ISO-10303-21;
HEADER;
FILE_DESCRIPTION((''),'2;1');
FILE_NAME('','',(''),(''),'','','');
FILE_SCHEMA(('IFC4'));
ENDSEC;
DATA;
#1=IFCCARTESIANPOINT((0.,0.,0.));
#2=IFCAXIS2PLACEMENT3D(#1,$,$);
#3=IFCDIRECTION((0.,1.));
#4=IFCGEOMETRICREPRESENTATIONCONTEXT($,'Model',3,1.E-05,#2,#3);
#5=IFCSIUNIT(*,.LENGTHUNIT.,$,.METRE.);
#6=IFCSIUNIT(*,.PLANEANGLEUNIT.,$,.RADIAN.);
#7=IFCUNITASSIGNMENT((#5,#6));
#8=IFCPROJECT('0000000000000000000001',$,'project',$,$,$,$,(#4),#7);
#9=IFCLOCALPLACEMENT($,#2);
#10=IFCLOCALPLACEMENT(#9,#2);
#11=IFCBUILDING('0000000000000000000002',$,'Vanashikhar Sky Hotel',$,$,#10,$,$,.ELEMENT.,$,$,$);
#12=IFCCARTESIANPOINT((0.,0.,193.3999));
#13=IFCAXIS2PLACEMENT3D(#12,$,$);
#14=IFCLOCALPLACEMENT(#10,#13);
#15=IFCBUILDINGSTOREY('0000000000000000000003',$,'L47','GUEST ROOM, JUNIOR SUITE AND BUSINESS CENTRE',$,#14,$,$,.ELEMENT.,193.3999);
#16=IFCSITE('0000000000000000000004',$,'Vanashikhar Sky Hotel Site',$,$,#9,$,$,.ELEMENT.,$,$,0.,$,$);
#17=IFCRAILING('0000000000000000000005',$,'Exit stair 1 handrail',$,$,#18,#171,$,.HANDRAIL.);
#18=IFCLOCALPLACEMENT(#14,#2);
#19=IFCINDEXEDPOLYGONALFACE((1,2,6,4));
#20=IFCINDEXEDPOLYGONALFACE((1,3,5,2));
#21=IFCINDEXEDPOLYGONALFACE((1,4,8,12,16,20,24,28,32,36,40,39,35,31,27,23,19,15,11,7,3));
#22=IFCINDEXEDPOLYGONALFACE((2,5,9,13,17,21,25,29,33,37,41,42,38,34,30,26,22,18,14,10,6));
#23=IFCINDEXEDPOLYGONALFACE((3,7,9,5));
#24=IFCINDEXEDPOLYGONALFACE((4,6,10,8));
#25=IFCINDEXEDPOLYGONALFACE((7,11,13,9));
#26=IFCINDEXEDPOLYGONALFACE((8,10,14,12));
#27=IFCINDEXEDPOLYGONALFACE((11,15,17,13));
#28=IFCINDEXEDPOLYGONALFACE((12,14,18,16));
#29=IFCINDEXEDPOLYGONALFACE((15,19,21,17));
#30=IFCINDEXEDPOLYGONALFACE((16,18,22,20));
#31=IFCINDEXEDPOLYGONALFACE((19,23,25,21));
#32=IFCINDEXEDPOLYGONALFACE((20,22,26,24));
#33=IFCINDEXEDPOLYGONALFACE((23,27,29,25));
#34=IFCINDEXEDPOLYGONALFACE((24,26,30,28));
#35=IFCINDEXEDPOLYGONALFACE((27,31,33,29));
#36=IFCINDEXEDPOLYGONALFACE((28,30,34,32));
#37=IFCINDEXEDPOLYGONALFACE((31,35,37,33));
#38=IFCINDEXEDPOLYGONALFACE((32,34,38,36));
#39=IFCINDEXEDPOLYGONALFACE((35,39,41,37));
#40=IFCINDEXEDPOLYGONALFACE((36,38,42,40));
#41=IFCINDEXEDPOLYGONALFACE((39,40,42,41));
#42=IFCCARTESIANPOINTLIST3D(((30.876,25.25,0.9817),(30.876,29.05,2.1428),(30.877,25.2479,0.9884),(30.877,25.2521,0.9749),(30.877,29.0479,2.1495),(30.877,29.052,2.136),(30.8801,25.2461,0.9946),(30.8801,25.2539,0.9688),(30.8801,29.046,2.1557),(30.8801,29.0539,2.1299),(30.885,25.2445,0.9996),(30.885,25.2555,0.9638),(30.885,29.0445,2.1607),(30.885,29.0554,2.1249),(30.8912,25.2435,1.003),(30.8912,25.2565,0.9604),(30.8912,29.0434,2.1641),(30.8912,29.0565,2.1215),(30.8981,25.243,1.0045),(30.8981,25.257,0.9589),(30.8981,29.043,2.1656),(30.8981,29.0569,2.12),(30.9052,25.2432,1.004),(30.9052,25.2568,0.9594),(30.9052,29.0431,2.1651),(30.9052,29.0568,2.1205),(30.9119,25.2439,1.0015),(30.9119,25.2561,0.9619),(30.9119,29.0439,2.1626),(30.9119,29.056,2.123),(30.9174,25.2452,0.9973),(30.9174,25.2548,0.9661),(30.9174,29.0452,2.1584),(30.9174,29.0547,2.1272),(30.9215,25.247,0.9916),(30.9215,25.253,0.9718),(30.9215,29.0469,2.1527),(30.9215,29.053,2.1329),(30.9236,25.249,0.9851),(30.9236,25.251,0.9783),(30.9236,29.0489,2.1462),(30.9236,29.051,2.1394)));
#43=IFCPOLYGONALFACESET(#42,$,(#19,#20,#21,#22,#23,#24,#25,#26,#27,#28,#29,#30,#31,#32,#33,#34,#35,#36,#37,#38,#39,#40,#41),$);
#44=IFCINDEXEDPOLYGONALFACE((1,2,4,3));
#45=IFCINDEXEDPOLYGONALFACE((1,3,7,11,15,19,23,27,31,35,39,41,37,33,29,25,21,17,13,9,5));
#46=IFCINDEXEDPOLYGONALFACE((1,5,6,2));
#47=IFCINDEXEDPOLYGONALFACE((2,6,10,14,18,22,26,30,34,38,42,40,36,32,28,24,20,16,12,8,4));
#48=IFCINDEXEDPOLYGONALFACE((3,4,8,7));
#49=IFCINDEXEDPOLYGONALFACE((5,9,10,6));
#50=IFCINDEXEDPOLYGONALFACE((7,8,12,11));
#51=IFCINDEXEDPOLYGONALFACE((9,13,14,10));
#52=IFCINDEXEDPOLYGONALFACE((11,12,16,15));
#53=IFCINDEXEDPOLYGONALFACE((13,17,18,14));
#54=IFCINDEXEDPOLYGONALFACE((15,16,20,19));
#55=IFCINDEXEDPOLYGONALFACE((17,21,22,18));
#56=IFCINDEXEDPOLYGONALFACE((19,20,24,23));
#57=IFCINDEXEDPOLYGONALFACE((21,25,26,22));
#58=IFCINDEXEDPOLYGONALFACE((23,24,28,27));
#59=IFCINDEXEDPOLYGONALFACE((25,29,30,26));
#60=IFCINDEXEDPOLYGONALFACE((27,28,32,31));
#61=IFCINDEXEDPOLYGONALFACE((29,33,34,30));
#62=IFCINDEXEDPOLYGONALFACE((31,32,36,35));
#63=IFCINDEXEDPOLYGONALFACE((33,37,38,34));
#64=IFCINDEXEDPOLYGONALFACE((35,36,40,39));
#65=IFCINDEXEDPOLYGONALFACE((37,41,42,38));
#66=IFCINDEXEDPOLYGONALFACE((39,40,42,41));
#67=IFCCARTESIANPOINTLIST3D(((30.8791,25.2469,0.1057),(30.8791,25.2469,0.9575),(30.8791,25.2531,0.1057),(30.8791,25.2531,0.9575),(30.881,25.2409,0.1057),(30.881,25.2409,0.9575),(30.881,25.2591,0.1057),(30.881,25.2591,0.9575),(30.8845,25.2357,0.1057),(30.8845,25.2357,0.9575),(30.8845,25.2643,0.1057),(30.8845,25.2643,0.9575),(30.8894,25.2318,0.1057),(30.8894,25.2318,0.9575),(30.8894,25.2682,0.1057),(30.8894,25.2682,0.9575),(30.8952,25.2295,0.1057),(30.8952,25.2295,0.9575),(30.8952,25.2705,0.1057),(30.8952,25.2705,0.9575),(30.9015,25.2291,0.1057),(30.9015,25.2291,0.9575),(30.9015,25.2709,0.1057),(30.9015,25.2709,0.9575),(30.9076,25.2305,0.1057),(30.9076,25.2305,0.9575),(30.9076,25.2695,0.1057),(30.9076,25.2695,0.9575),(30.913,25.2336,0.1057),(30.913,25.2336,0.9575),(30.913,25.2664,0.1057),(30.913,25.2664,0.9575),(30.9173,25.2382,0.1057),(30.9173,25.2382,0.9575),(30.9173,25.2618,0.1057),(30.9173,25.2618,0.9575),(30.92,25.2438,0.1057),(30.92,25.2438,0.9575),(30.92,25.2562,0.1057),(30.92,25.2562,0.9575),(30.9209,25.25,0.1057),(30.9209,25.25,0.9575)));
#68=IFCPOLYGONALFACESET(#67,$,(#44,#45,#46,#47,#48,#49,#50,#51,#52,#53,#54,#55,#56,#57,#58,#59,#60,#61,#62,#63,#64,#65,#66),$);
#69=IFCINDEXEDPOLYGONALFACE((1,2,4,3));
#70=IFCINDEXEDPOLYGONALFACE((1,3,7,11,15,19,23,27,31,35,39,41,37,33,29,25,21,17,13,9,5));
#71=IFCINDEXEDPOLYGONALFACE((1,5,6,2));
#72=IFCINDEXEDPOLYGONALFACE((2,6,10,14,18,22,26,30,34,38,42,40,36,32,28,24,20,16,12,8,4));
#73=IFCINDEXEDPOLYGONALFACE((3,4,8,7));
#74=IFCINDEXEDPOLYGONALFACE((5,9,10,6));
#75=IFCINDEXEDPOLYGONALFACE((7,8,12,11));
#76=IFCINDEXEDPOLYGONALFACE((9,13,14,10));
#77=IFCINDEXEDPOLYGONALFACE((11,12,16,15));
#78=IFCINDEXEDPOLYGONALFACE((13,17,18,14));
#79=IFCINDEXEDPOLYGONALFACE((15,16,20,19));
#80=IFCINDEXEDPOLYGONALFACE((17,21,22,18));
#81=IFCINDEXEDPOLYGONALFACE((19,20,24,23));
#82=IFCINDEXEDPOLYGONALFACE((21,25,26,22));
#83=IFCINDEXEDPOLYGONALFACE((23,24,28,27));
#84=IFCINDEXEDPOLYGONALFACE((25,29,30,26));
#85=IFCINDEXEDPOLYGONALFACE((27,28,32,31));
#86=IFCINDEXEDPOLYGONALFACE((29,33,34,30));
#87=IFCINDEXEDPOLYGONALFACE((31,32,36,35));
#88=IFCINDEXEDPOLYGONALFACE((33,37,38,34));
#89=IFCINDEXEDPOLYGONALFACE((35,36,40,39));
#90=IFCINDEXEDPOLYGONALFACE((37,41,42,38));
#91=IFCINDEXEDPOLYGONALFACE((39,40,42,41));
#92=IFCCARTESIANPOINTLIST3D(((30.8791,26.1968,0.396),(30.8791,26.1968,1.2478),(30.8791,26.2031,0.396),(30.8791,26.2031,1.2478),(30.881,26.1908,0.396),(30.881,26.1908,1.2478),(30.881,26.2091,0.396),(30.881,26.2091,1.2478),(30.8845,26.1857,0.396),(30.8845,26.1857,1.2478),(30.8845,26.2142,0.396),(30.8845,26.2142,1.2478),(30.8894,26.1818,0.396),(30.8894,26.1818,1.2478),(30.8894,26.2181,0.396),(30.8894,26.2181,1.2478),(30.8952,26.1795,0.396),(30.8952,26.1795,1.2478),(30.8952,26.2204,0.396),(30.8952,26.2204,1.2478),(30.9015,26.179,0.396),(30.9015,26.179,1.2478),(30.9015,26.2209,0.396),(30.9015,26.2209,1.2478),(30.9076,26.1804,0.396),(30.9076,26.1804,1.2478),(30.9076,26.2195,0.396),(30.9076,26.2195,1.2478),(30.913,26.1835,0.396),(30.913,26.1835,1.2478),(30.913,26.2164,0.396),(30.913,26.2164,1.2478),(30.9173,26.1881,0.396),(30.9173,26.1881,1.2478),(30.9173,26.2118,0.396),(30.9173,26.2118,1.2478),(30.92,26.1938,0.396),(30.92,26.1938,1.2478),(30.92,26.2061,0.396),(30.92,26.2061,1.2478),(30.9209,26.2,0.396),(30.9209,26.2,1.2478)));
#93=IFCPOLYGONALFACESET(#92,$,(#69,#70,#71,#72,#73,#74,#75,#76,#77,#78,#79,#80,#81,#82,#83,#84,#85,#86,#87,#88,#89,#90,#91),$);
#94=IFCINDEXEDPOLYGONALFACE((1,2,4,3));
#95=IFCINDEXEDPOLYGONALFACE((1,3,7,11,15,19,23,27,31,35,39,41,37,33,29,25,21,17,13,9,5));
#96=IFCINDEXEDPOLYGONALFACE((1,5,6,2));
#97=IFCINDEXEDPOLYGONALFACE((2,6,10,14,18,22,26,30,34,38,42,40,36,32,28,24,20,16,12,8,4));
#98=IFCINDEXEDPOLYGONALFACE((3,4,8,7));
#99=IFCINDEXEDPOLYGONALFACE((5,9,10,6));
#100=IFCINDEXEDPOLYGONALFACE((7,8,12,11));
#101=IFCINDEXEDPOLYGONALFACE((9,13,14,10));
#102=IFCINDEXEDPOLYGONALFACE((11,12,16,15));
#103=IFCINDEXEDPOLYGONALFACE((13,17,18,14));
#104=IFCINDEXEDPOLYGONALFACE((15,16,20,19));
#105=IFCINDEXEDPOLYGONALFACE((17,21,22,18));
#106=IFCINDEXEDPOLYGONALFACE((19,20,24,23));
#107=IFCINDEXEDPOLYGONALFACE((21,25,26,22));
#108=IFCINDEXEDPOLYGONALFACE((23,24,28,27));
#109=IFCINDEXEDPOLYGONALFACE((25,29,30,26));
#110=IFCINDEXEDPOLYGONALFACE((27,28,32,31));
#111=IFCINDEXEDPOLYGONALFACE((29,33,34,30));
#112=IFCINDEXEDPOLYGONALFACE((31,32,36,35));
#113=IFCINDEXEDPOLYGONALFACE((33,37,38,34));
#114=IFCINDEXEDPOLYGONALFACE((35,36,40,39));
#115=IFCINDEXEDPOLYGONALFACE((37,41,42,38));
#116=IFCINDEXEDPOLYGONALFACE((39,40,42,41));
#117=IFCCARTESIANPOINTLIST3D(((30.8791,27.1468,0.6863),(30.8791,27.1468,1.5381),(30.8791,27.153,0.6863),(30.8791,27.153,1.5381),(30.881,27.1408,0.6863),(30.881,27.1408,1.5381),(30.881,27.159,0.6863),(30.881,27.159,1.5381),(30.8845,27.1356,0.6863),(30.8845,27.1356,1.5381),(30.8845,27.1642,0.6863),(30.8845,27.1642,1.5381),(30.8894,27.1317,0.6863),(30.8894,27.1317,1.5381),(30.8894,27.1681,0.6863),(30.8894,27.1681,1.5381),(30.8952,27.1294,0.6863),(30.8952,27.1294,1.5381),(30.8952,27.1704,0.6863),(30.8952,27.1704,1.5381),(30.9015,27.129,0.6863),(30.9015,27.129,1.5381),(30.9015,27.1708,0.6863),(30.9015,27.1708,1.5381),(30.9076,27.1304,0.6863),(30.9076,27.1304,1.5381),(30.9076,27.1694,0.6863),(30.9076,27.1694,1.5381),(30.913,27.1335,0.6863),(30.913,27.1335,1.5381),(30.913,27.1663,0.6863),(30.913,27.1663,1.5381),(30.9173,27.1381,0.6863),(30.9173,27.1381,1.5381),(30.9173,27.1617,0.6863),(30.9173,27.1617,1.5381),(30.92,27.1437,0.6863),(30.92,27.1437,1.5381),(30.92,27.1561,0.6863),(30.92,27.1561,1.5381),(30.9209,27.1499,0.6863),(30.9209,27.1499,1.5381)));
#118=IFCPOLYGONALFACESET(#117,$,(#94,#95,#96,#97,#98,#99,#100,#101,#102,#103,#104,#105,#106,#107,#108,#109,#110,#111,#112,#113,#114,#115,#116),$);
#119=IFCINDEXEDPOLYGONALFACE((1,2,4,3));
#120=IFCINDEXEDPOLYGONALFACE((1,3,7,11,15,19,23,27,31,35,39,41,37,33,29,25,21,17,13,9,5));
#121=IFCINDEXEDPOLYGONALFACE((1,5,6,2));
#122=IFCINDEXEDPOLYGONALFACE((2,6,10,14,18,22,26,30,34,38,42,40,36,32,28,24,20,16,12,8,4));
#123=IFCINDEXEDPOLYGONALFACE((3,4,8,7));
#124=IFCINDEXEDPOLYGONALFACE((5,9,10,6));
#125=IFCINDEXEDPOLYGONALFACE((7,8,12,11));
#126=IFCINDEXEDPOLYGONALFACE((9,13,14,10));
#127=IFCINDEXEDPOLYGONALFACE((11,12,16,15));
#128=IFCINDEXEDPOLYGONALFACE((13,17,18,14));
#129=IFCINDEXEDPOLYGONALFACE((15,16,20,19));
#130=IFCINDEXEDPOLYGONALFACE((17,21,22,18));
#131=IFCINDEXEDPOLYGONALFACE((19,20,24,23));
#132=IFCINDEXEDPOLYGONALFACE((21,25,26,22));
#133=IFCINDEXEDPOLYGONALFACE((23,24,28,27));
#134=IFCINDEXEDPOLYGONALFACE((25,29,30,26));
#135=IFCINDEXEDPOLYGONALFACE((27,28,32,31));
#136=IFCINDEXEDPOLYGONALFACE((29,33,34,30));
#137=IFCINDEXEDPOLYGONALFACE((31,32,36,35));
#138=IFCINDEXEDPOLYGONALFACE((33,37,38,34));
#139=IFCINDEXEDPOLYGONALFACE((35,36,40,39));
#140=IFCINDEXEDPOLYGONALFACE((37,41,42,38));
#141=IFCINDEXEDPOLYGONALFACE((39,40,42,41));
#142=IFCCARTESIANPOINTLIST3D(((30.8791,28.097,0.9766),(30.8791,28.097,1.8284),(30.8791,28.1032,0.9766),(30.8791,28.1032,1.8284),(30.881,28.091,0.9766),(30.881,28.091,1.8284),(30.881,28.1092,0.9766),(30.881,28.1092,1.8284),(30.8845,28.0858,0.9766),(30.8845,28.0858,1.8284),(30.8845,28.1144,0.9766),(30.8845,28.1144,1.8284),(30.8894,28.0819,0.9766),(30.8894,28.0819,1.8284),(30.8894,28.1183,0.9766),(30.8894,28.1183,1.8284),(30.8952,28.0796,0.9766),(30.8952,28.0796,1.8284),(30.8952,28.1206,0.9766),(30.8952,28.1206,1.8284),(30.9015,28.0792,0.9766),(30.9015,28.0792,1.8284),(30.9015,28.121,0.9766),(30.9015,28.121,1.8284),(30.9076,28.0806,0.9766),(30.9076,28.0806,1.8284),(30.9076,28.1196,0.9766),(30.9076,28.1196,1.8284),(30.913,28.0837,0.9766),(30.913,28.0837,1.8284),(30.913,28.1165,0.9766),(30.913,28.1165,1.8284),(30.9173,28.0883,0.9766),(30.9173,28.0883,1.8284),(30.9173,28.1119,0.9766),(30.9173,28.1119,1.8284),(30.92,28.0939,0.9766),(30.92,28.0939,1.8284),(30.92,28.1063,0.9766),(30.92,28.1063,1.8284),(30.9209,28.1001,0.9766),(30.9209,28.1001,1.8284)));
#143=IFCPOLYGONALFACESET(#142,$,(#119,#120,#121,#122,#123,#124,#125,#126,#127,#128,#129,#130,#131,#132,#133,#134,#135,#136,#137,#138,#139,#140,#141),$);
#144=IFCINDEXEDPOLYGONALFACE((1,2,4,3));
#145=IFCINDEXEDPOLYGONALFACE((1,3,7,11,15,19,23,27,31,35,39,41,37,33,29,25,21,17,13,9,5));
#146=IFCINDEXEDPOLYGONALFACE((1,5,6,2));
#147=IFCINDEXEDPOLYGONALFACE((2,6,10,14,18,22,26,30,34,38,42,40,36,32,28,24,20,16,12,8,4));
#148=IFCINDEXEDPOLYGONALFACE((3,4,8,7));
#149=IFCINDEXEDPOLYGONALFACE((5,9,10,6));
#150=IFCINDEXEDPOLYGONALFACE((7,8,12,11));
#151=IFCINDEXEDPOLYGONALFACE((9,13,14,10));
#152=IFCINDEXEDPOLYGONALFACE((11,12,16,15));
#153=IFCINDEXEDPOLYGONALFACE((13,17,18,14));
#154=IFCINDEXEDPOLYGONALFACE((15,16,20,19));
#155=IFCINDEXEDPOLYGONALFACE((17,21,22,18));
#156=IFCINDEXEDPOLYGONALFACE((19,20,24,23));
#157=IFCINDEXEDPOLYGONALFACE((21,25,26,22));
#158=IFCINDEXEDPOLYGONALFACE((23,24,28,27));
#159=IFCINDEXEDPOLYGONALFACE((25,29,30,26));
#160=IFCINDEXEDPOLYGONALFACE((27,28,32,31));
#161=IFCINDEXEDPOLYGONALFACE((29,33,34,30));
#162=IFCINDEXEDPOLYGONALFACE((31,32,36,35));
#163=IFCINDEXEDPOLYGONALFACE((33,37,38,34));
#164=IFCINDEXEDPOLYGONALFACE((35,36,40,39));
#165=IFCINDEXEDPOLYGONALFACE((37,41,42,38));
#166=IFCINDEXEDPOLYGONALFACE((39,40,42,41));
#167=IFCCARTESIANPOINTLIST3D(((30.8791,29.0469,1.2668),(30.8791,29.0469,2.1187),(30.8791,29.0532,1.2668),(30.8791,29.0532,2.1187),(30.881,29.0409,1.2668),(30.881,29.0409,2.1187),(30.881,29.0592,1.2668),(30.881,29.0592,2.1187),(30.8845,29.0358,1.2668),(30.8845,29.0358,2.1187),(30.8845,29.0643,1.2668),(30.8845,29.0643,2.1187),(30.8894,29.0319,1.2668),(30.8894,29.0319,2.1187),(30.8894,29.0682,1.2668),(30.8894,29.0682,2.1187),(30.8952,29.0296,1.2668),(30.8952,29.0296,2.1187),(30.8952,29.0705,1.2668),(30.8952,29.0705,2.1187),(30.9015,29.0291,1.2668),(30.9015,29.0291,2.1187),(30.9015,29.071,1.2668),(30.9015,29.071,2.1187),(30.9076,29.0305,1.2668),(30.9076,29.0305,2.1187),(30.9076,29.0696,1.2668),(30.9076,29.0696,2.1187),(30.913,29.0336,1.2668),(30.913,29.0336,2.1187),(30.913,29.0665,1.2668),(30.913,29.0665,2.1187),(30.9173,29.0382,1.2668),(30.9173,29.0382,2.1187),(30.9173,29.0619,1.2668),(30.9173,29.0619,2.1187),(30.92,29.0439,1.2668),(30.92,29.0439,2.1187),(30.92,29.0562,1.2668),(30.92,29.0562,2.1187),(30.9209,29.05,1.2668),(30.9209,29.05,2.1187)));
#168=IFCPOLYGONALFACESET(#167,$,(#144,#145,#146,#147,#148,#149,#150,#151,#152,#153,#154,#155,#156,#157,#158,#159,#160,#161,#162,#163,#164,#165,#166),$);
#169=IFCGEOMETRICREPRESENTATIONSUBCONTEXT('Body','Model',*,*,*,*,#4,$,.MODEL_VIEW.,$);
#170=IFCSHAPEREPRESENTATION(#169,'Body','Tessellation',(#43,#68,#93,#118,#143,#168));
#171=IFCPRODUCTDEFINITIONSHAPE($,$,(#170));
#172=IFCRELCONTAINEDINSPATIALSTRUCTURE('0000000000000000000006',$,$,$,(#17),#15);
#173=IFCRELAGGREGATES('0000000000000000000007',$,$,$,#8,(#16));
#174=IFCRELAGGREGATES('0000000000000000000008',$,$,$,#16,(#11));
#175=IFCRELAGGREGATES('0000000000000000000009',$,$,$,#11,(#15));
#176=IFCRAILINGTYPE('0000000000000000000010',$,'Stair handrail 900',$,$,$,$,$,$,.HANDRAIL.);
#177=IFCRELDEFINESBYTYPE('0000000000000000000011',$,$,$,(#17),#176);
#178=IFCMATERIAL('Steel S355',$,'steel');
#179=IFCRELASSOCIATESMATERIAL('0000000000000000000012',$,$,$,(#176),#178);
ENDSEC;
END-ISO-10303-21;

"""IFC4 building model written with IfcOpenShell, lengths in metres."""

from ifc_helpers import new_model, si_unit, direction, frame, origin, origin_2d, place, context, subcontext, project, spatial, circle, extrude, source, transform, mapped, material, type_object, element, save


model = new_model("IFC4")

# Units and contexts
model_context = context("Model", 3, precision=1e-05, world=origin(), true_north=direction((0.0, 1.0)))
body_context = subcontext(model_context, "Body", "Model", "MODEL_VIEW")
ifc_project = project(units=[si_unit("LENGTHUNIT", "METRE"), si_unit("PLANEANGLEUNIT", "RADIAN")], contexts=[model_context])

# Site, building, storey
site_placement = place(None, origin())
site = spatial("IfcSite", under=ifc_project, at=site_placement, Name="Vanashikhar Sky Hotel Site", CompositionType="ELEMENT", RefElevation=0.0)
building_placement = place(site_placement, origin())
building = spatial("IfcBuilding", under=site, at=building_placement, Name="Vanashikhar Sky Hotel", CompositionType="ELEMENT")
storey_placement = place(building_placement, frame((0.0, 0.0, 193.3999)))
storey = spatial("IfcBuildingStorey", under=building, at=storey_placement, Name="L47", Description="GUEST ROOM, JUNIOR SUITE AND BUSINESS CENTRE", CompositionType="ELEMENT", Elevation=193.3999)

# Railing
ifc_material_1 = material(Name="Steel S355", Category="steel")
railing_type = type_object("IfcRailingType", Name="Stair handrail 900", PredefinedType="HANDRAIL", material=ifc_material_1)
shared_shape_1 = source(origin(), body_context, "Body", "SweptSolid", [
    extrude(circle(Radius=0.0239, at=origin_2d()), frame((0.0, 0.0, 0.876), z_axis=(0.0, 0.956351, 0.29222), x_axis=(-1.0, 0.0, 0.0)), (0.0, 0.0, 1.0), 3.9734),
    extrude(circle(Radius=0.021, at=origin_2d()), origin(), (0.0, 0.0, 1.0), 0.8518),
    extrude(circle(Radius=0.021, at=origin_2d()), frame((0.0, 0.95, 0.2903)), (0.0, 0.0, 1.0), 0.8518),
    extrude(circle(Radius=0.021, at=origin_2d()), frame((0.0, 1.8999, 0.5806)), (0.0, 0.0, 1.0), 0.8518),
    extrude(circle(Radius=0.021, at=origin_2d()), frame((0.0, 2.8501, 0.8708)), (0.0, 0.0, 1.0), 0.8518),
    extrude(circle(Radius=0.021, at=origin_2d()), frame((0.0, 3.8, 1.1611)), (0.0, 0.0, 1.0), 0.8518),
])
for number, where, name in (
    (1, (30.8999, 25.25, 0.1057), "Exit stair 1 handrail"),
):
    element("IfcRailing", number, at=place(storey_placement, frame(where)), inside=storey, type_object=railing_type, Name=name, PredefinedType="HANDRAIL", context=body_context, shape_type="MappedRepresentation", body=[
        mapped(shared_shape_1, transform((0.0, 0.0, 0.0), scale=1.0)),
    ])

save(model, "model.ifc")
